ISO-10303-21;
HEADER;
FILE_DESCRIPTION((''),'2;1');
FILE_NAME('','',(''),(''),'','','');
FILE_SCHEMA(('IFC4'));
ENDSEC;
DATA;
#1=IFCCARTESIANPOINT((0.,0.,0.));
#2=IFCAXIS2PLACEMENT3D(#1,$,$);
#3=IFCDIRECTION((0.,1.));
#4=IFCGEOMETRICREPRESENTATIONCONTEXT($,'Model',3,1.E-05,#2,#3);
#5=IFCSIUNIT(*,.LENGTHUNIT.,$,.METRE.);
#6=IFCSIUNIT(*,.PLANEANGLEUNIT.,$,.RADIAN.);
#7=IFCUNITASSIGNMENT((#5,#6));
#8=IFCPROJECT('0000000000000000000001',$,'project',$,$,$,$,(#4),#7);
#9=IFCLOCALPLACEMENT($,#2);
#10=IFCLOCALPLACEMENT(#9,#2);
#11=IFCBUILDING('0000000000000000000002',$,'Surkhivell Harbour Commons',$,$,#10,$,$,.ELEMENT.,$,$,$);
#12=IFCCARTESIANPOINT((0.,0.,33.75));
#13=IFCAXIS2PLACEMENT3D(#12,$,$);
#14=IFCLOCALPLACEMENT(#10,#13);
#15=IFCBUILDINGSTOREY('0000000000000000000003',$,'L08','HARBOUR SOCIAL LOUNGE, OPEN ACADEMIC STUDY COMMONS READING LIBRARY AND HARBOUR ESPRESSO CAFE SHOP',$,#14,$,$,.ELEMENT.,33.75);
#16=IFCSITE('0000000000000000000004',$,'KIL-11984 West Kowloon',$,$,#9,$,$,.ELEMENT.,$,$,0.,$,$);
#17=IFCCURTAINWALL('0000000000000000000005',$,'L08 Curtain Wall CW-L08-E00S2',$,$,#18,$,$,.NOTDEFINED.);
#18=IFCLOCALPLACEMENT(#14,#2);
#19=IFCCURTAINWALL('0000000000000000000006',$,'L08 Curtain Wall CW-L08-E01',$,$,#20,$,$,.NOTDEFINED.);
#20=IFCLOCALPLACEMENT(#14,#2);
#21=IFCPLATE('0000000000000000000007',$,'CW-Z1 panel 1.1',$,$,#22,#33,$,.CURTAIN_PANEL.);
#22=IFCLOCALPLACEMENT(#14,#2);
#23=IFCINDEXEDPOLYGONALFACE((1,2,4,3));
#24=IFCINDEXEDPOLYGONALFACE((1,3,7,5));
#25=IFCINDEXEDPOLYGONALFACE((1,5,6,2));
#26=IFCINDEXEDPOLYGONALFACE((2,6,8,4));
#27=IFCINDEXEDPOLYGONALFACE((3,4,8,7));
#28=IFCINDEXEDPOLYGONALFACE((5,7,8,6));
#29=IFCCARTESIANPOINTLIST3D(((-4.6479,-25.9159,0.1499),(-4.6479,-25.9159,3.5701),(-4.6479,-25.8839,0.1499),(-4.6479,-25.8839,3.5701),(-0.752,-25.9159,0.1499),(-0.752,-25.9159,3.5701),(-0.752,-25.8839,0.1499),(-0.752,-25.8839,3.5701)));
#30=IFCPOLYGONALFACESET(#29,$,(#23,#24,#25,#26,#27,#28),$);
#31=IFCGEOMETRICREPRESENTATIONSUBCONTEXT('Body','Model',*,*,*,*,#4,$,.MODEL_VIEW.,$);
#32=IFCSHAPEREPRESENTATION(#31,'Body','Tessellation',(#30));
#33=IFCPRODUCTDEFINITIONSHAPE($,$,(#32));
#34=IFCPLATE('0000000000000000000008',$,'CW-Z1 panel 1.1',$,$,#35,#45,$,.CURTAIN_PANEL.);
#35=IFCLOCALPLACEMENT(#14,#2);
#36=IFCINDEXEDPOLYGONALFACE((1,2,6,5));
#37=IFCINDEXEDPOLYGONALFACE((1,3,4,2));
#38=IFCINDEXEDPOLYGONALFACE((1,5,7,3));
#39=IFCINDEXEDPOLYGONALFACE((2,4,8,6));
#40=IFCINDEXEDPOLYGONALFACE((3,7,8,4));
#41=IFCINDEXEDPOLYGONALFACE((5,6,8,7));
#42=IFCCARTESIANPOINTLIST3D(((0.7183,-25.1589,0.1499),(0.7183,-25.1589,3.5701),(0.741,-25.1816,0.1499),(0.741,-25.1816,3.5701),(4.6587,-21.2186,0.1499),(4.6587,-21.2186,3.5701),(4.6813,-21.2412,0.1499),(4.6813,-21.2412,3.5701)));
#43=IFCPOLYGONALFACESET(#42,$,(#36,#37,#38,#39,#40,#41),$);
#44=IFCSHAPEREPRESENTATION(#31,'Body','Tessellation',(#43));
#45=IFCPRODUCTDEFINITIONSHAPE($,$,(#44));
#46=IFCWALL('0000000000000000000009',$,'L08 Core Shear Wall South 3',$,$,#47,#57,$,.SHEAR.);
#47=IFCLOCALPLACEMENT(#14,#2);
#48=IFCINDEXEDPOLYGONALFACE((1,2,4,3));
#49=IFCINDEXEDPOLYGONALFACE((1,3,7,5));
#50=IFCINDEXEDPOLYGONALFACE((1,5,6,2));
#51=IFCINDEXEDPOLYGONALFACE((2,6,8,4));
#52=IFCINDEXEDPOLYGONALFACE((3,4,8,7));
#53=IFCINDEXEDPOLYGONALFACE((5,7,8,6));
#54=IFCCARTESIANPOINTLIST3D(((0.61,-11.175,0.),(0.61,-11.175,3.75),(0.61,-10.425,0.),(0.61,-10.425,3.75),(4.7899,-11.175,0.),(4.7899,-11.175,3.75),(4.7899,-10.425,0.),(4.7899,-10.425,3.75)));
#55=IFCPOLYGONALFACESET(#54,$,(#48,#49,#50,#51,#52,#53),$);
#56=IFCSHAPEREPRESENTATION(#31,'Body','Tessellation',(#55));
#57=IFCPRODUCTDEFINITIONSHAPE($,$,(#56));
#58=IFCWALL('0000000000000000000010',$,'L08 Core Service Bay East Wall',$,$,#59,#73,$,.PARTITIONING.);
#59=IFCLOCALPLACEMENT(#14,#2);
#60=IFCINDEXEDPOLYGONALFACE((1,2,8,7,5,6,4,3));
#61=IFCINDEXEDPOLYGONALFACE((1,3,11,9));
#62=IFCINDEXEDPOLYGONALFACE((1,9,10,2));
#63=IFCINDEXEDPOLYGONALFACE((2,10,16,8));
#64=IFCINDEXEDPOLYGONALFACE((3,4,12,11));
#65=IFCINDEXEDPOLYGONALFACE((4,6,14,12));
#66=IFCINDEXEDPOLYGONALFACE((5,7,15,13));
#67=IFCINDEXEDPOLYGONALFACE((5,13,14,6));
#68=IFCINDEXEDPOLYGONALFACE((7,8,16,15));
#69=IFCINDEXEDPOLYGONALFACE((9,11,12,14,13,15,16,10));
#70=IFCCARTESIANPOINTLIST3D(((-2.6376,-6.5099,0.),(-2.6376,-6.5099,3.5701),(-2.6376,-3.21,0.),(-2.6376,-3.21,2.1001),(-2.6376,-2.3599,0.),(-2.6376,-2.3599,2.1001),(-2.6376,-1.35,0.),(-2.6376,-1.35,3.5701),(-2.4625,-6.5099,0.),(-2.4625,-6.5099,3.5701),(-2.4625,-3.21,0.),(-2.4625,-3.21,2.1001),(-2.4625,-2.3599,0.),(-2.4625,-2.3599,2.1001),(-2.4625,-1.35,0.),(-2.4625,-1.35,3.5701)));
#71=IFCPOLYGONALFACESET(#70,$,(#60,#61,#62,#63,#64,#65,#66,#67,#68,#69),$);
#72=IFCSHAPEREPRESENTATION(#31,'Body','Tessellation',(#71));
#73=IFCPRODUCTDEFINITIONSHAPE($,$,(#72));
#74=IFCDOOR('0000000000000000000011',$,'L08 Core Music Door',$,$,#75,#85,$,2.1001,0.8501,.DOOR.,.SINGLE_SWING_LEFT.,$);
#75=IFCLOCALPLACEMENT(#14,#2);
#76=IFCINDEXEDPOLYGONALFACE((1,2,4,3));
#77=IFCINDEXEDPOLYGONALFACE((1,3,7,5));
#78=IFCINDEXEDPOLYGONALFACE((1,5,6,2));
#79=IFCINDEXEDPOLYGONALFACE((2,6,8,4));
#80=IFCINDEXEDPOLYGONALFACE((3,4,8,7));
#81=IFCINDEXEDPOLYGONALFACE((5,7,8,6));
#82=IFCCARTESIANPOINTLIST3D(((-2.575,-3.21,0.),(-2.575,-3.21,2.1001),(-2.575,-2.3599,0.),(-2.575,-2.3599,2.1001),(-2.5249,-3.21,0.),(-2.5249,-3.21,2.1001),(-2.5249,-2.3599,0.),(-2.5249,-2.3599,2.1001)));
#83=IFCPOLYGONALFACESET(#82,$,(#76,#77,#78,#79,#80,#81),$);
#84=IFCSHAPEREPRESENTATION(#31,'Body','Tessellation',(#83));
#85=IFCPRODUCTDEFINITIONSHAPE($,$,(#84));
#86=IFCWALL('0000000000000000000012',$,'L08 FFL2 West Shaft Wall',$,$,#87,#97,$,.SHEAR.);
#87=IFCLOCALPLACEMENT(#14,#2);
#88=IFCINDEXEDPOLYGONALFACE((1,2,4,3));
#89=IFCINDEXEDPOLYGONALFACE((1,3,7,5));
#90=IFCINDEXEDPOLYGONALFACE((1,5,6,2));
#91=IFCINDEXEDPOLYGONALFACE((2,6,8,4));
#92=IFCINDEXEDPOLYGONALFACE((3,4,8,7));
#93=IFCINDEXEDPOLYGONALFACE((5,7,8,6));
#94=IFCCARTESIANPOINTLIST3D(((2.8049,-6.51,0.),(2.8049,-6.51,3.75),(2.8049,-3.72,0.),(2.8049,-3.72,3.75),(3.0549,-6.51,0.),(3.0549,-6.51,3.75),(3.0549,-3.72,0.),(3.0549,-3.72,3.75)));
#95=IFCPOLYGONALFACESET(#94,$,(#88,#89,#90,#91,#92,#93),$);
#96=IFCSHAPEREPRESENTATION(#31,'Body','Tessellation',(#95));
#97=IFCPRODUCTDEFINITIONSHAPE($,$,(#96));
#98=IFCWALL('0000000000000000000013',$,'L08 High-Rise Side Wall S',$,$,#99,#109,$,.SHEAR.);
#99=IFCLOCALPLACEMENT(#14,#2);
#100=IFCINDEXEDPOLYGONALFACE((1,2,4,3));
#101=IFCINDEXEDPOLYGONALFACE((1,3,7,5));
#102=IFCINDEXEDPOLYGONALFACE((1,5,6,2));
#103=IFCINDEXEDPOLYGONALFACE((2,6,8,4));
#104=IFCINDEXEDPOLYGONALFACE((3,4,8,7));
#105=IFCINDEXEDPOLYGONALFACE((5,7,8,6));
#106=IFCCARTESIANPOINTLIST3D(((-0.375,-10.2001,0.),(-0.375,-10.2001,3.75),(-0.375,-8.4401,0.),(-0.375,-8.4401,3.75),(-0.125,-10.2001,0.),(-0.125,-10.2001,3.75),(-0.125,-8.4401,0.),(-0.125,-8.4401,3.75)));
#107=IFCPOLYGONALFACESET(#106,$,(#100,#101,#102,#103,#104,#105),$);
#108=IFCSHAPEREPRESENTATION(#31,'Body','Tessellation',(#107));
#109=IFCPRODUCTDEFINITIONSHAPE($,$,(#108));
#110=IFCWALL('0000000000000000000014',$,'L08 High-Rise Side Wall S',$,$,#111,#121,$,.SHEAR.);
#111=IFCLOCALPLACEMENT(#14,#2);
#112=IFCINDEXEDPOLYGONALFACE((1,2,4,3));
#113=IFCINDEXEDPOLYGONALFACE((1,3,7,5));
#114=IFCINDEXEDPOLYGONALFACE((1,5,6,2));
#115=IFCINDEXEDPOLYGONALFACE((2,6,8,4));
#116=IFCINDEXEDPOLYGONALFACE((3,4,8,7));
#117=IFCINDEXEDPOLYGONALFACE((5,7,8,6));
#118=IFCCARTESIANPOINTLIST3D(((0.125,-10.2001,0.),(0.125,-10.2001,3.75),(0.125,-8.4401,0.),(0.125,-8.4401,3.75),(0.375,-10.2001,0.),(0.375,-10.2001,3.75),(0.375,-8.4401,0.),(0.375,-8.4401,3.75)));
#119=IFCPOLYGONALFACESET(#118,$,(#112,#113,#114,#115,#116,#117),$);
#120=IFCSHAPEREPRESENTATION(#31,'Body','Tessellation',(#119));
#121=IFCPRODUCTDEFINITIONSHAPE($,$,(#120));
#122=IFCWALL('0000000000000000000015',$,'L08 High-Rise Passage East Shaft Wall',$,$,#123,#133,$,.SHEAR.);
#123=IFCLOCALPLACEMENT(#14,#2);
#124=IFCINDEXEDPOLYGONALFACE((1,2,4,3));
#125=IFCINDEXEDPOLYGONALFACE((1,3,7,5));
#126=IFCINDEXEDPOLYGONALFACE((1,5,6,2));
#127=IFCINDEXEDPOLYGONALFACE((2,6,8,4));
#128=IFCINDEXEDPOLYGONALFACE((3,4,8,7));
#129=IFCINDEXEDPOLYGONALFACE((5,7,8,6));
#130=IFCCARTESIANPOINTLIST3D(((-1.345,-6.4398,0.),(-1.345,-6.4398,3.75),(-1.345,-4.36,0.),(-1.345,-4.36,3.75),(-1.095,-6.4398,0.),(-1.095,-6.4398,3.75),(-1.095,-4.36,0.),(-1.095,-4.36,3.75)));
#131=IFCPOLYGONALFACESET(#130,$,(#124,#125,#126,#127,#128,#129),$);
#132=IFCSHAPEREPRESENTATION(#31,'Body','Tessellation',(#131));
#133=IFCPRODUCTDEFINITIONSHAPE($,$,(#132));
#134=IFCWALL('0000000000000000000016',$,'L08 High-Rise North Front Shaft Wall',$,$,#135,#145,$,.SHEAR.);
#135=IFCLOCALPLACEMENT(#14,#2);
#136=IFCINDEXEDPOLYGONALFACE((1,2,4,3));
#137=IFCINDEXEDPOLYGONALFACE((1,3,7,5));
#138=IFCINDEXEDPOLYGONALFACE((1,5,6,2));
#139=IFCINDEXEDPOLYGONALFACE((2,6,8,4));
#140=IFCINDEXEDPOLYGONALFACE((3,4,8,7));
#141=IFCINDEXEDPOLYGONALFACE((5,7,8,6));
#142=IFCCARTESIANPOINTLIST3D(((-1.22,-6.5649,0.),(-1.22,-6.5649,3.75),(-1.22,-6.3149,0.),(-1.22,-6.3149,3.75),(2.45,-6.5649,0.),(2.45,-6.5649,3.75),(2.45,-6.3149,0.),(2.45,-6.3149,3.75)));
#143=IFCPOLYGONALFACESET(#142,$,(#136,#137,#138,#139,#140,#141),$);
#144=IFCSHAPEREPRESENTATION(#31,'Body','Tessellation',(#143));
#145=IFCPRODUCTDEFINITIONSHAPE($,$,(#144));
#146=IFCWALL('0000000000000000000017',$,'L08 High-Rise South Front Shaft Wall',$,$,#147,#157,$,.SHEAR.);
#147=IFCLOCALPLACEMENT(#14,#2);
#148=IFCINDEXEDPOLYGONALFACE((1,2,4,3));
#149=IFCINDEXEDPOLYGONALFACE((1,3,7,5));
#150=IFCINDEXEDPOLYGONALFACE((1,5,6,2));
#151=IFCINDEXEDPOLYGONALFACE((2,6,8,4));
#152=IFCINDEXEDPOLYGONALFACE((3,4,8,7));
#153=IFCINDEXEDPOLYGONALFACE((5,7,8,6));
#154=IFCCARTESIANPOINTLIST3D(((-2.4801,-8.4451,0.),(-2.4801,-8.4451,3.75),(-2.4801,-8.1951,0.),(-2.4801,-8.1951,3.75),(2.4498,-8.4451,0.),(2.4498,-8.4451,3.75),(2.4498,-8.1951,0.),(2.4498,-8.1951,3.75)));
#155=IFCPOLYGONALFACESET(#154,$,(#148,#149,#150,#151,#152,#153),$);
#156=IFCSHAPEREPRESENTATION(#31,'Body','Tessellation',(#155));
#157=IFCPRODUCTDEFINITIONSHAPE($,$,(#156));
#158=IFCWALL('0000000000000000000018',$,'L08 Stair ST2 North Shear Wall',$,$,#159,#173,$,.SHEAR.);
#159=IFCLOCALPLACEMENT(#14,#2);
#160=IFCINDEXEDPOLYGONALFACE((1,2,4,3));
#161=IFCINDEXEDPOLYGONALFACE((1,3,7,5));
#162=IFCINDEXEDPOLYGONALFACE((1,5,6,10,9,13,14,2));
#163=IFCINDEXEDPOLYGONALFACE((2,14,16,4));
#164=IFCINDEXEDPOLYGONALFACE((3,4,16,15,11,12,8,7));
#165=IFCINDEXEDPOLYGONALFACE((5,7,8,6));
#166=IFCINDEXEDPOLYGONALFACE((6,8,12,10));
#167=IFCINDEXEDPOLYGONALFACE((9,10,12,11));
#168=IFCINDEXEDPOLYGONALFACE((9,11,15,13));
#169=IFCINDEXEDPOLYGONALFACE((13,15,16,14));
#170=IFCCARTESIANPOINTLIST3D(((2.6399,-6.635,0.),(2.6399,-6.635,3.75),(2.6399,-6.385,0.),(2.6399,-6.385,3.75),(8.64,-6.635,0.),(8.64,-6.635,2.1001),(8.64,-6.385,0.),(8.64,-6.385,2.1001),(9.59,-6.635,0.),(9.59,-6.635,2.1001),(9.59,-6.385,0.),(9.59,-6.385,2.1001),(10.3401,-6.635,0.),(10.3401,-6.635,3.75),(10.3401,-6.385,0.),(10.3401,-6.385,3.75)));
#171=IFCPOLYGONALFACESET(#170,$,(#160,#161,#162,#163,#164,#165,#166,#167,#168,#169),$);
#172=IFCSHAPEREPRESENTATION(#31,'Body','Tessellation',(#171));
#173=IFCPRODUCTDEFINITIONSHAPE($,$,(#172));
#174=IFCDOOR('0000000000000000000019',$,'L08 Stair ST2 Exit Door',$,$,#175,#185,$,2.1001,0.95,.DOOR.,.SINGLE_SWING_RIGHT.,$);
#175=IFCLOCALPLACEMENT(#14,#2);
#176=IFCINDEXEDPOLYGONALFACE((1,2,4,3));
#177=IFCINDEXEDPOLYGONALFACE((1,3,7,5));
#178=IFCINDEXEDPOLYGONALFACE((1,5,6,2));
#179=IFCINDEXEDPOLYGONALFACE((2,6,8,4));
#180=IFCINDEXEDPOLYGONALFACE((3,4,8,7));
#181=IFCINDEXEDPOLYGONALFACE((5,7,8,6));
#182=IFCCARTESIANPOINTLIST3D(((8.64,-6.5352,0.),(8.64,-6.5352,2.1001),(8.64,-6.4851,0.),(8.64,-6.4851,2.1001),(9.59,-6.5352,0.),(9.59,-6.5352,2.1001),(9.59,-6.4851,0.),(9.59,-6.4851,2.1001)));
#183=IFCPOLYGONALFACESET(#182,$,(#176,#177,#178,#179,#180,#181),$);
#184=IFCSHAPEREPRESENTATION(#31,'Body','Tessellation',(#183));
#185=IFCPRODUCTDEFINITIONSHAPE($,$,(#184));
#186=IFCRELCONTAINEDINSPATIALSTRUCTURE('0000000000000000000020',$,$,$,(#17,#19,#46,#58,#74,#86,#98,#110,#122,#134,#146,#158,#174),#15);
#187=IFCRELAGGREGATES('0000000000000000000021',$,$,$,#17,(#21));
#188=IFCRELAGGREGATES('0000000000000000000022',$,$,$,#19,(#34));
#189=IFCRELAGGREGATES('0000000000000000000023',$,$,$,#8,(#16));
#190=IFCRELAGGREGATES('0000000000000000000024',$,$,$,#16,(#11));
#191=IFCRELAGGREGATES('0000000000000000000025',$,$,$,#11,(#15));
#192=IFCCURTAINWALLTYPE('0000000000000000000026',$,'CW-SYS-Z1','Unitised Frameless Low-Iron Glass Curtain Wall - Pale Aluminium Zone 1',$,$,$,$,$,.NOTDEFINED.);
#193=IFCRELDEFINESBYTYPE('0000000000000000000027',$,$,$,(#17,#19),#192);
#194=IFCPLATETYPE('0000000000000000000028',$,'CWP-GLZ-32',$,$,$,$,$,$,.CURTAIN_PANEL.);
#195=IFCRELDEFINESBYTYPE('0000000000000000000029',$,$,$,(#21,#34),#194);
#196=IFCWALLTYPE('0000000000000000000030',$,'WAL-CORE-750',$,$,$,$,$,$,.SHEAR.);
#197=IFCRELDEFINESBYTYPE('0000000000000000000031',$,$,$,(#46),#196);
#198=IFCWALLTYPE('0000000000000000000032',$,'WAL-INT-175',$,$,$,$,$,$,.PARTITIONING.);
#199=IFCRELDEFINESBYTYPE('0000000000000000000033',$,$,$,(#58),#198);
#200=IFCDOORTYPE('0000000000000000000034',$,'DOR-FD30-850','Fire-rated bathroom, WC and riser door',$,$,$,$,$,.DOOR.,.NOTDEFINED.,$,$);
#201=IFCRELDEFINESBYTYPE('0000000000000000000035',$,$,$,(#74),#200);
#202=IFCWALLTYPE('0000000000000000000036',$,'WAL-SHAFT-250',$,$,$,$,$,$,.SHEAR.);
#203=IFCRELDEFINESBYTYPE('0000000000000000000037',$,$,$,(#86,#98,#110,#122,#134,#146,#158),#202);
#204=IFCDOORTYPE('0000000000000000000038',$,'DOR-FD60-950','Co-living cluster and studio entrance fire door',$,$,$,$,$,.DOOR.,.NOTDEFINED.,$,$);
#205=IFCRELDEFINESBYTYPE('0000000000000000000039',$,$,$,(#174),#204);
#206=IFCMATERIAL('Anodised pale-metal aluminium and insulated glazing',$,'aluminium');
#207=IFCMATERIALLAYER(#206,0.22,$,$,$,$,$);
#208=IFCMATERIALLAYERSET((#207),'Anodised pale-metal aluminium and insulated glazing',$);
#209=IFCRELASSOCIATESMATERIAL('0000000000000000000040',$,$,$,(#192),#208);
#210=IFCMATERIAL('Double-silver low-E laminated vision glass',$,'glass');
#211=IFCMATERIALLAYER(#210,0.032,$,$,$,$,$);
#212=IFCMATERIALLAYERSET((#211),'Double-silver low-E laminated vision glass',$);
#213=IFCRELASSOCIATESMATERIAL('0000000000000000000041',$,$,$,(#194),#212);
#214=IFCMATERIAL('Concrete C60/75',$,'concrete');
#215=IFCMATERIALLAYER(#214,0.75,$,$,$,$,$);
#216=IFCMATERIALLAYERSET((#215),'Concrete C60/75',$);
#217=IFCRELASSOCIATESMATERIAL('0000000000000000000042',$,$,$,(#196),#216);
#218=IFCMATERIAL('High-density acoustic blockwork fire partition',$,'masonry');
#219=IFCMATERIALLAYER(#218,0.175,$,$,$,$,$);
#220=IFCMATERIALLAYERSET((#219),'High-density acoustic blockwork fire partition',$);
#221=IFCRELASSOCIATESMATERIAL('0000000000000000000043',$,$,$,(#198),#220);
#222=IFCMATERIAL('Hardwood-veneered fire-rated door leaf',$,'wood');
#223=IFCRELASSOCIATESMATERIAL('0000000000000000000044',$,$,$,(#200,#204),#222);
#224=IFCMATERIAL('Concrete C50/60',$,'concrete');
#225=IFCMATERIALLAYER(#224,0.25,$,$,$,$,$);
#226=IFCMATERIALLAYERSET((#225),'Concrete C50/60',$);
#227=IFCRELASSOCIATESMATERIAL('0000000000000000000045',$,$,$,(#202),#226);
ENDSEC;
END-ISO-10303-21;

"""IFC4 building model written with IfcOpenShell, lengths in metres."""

from ifc_helpers import new_model, si_unit, direction, frame, frame_2d, origin, place, context, subcontext, project, spatial, rectangle, extrude, material, layer, layer_set, type_object, element, fill, aggregate, save


model = new_model("IFC4")

# Units and contexts
model_context = context("Model", 3, precision=1e-05, world=origin(), true_north=direction((0.0, 1.0)))
body_context = subcontext(model_context, "Body", "Model", "MODEL_VIEW")
ifc_project = project(units=[si_unit("LENGTHUNIT", "METRE"), si_unit("PLANEANGLEUNIT", "RADIAN")], contexts=[model_context])

# Site, building, storey
site_placement = place(None, origin())
site = spatial("IfcSite", under=ifc_project, at=site_placement, Name="KIL-11984 West Kowloon", CompositionType="ELEMENT", RefElevation=0.0)
building_placement = place(site_placement, origin())
building = spatial("IfcBuilding", under=site, at=building_placement, Name="Surkhivell Harbour Commons", CompositionType="ELEMENT")
storey_placement = place(building_placement, frame((0.0, 0.0, 33.75)))
storey = spatial("IfcBuildingStorey", under=building, at=storey_placement, Name="L08", Description="HARBOUR SOCIAL LOUNGE, OPEN ACADEMIC STUDY COMMONS READING LIBRARY AND HARBOUR ESPRESSO CAFE SHOP", CompositionType="ELEMENT", Elevation=33.75)

# Curtain wall
ifc_material_1 = material(Name="Anodised pale-metal aluminium and insulated glazing", Category="aluminium")
ifc_layer_1 = layer(ifc_material_1, 0.22)
ifc_layer_set_1 = layer_set([ifc_layer_1], Name="Anodised pale-metal aluminium and insulated glazing")
curtain_wall_type = type_object("IfcCurtainWallType", Name="CW-SYS-Z1", Description="Unitised Frameless Low-Iron Glass Curtain Wall - Pale Aluminium Zone 1", PredefinedType="NOTDEFINED", material=ifc_layer_set_1)
curtain_wall_1_placement = place(storey_placement, origin())
curtain_wall_1 = element("IfcCurtainWall", 1, at=curtain_wall_1_placement, inside=storey, type_object=curtain_wall_type, Name="L08 Curtain Wall CW-L08-E00S2", PredefinedType="NOTDEFINED")

# Curtain wall
curtain_wall_2_placement = place(storey_placement, origin())
curtain_wall_2 = element("IfcCurtainWall", 2, at=curtain_wall_2_placement, inside=storey, type_object=curtain_wall_type, Name="L08 Curtain Wall CW-L08-E01", PredefinedType="NOTDEFINED")

# Plates
ifc_material_2 = material(Name="Double-silver low-E laminated vision glass", Category="glass")
ifc_layer_2 = layer(ifc_material_2, 0.032)
ifc_layer_set_2 = layer_set([ifc_layer_2], Name="Double-silver low-E laminated vision glass")
plate_type = type_object("IfcPlateType", Name="CWP-GLZ-32", PredefinedType="CURTAIN_PANEL", material=ifc_layer_set_2)
plate_1_placement = place(storey_placement, frame((-4.6479, -25.8999, 0.1499), z_axis=(0.0, 0.0, 1.0), x_axis=(1.0, 0.0, 0.0)))
plate_1 = element("IfcPlate", 3, at=plate_1_placement, type_object=plate_type, Name="CW-Z1 panel 1.1", PredefinedType="CURTAIN_PANEL", context=body_context, shape_type="SweptSolid", body=[
    extrude(rectangle(XDim=3.896, YDim=0.032, at=frame_2d((1.948, 0.0))), origin(), (0.0, 0.0, 1.0), 3.4202),
])
aggregate(curtain_wall_1, [plate_1])
plate_2_placement = place(storey_placement, frame((0.7297, -25.1702, 0.1499), z_axis=(0.0, 0.0, 1.0), x_axis=(0.707107, 0.707107, 0.0)))
plate_2 = element("IfcPlate", 4, at=plate_2_placement, type_object=plate_type, Name="CW-Z1 panel 1.1", PredefinedType="CURTAIN_PANEL", context=body_context, shape_type="SweptSolid", body=[
    extrude(rectangle(XDim=5.5725, YDim=0.032, at=frame_2d((2.7861, 0.0))), origin(), (0.0, 0.0, 1.0), 3.4202),
])
aggregate(curtain_wall_2, [plate_2])

# Wall
ifc_material_3 = material(Name="Concrete C60/75", Category="concrete")
ifc_layer_3 = layer(ifc_material_3, 0.75)
ifc_layer_set_3 = layer_set([ifc_layer_3], Name="Concrete C60/75")
wall_type_1 = type_object("IfcWallType", Name="WAL-CORE-750", PredefinedType="SHEAR", material=ifc_layer_set_3)
wall_1_placement = place(storey_placement, frame((0.6101, -10.8, 0.0), z_axis=(0.0, 0.0, 1.0), x_axis=(1.0, 0.0, 0.0)))
element("IfcWall", 5, at=wall_1_placement, inside=storey, type_object=wall_type_1, Name="L08 Core Shear Wall South 3", PredefinedType="SHEAR", context=body_context, shape_type="SweptSolid", body=[
    extrude(rectangle(XDim=4.1799, YDim=0.75, at=frame_2d((2.0898, 0.0))), origin(), (0.0, 0.0, 1.0), 3.75),
])

# Wall, opening, door
ifc_material_4 = material(Name="High-density acoustic blockwork fire partition", Category="masonry")
ifc_layer_4 = layer(ifc_material_4, 0.175)
ifc_layer_set_4 = layer_set([ifc_layer_4], Name="High-density acoustic blockwork fire partition")
wall_type_2 = type_object("IfcWallType", Name="WAL-INT-175", PredefinedType="PARTITIONING", material=ifc_layer_set_4)
wall_2_placement = place(storey_placement, frame((-2.55, -6.51, 0.0), z_axis=(0.0, 0.0, 1.0), x_axis=(0.0, 1.0, 0.0)))
wall_2 = element("IfcWall", 6, at=wall_2_placement, inside=storey, type_object=wall_type_2, Name="L08 Core Service Bay East Wall", PredefinedType="PARTITIONING", context=body_context, shape_type="SweptSolid", body=[
    extrude(rectangle(XDim=5.1599, YDim=0.175, at=frame_2d((2.5801, 0.0))), origin(), (0.0, 0.0, 1.0), 3.5701),
])
opening_1_placement = place(wall_2_placement, frame((3.3, 0.0, 0.0)))
opening_1 = element("IfcOpeningElement", 7, at=opening_1_placement, cuts=wall_2, PredefinedType="OPENING", context=body_context, shape_type="SweptSolid", body=[
    extrude(rectangle(XDim=0.8501, YDim=2.1001, at=frame_2d((0.425, 1.05))), frame((0.0, 0.0974, 0.0), z_axis=(0.0, -1.0, 0.0), x_axis=(1.0, 0.0, 0.0)), (0.0, 0.0, 1.0), 0.1951),
])
ifc_material_5 = material(Name="Hardwood-veneered fire-rated door leaf", Category="wood")
door_type_1 = type_object("IfcDoorType", Name="DOR-FD30-850", Description="Fire-rated bathroom, WC and riser door", OperationType="NOTDEFINED", PredefinedType="DOOR", material=ifc_material_5)
door_1_placement = place(opening_1_placement, origin())
door_1 = element("IfcDoor", 8, at=door_1_placement, inside=storey, type_object=door_type_1, Name="L08 Core Music Door", OperationType="SINGLE_SWING_LEFT", OverallHeight=2.1001, OverallWidth=0.8501, PredefinedType="DOOR", context=body_context, shape_type="SweptSolid", body=[
    extrude(rectangle(XDim=0.8501, YDim=2.1001, at=frame_2d((0.425, 1.05))), frame((0.0, 0.0249, 0.0), z_axis=(0.0, -1.0, 0.0), x_axis=(1.0, 0.0, 0.0)), (0.0, 0.0, 1.0), 0.05),
])
fill(opening_1, door_1)

# Walls
ifc_material_6 = material(Name="Concrete C50/60", Category="concrete")
ifc_layer_5 = layer(ifc_material_6, 0.25)
ifc_layer_set_5 = layer_set([ifc_layer_5], Name="Concrete C50/60")
wall_type_3 = type_object("IfcWallType", Name="WAL-SHAFT-250", PredefinedType="SHEAR", material=ifc_layer_set_5)
wall_3_placement = place(storey_placement, frame((2.9299, -6.51, 0.0), z_axis=(0.0, 0.0, 1.0), x_axis=(0.0, 1.0, 0.0)))
element("IfcWall", 9, at=wall_3_placement, inside=storey, type_object=wall_type_3, Name="L08 FFL2 West Shaft Wall", PredefinedType="SHEAR", context=body_context, shape_type="SweptSolid", body=[
    extrude(rectangle(XDim=2.79, YDim=0.25, at=frame_2d((1.395, 0.0))), origin(), (0.0, 0.0, 1.0), 3.75),
])
for number, where, z_axis, x_axis, name in (
    (10, (-0.25, -10.2, 0.0), (0.0, 0.0, 1.0), (0.0, 1.0, 0.0), "L08 High-Rise Side Wall S"),
    (11, (0.25, -10.2, 0.0), (0.0, 0.0, 1.0), (0.0, 1.0, 0.0), "L08 High-Rise Side Wall S"),
):
    element("IfcWall", number, at=place(storey_placement, frame(where, z_axis=z_axis, x_axis=x_axis)), inside=storey, type_object=wall_type_3, Name=name, PredefinedType="SHEAR", context=body_context, shape_type="SweptSolid", body=[
        extrude(rectangle(XDim=1.76, YDim=0.25, at=frame_2d((0.8799, 0.0))), origin(), (0.0, 0.0, 1.0), 3.75),
    ])
wall_4_placement = place(storey_placement, frame((-1.22, -6.4399, 0.0), z_axis=(0.0, 0.0, 1.0), x_axis=(0.0, 1.0, 0.0)))
element("IfcWall", 12, at=wall_4_placement, inside=storey, type_object=wall_type_3, Name="L08 High-Rise Passage East Shaft Wall", PredefinedType="SHEAR", context=body_context, shape_type="SweptSolid", body=[
    extrude(rectangle(XDim=2.0798, YDim=0.25, at=frame_2d((1.04, 0.0))), origin(), (0.0, 0.0, 1.0), 3.75),
])
wall_5_placement = place(storey_placement, frame((-1.22, -6.4399, 0.0), z_axis=(0.0, 0.0, 1.0), x_axis=(1.0, 0.0, 0.0)))
element("IfcWall", 13, at=wall_5_placement, inside=storey, type_object=wall_type_3, Name="L08 High-Rise North Front Shaft Wall", PredefinedType="SHEAR", context=body_context, shape_type="SweptSolid", body=[
    extrude(rectangle(XDim=3.6699, YDim=0.25, at=frame_2d((1.835, 0.0))), origin(), (0.0, 0.0, 1.0), 3.75),
])
wall_6_placement = place(storey_placement, frame((-2.48, -8.3201, 0.0), z_axis=(0.0, 0.0, 1.0), x_axis=(1.0, 0.0, 0.0)))
element("IfcWall", 14, at=wall_6_placement, inside=storey, type_object=wall_type_3, Name="L08 High-Rise South Front Shaft Wall", PredefinedType="SHEAR", context=body_context, shape_type="SweptSolid", body=[
    extrude(rectangle(XDim=4.9299, YDim=0.25, at=frame_2d((2.4648, 0.0))), origin(), (0.0, 0.0, 1.0), 3.75),
])

# Wall, opening, door
wall_7_placement = place(storey_placement, frame((2.6399, -6.51, 0.0), z_axis=(0.0, 0.0, 1.0), x_axis=(1.0, 0.0, 0.0)))
wall_7 = element("IfcWall", 15, at=wall_7_placement, inside=storey, type_object=wall_type_3, Name="L08 Stair ST2 North Shear Wall", PredefinedType="SHEAR", context=body_context, shape_type="SweptSolid", body=[
    extrude(rectangle(XDim=7.7002, YDim=0.25, at=frame_2d((3.8501, 0.0))), origin(), (0.0, 0.0, 1.0), 3.75),
])
opening_2_placement = place(wall_7_placement, frame((6.0, 0.0, 0.0)))
opening_2 = element("IfcOpeningElement", 16, at=opening_2_placement, cuts=wall_7, PredefinedType="OPENING", context=body_context, shape_type="SweptSolid", body=[
    extrude(rectangle(XDim=0.95, YDim=2.1001, at=frame_2d((0.4751, 1.05))), frame((0.0, 0.135, 0.0), z_axis=(0.0, -1.0, 0.0), x_axis=(1.0, 0.0, 0.0)), (0.0, 0.0, 1.0), 0.27),
])
door_type_2 = type_object("IfcDoorType", Name="DOR-FD60-950", Description="Co-living cluster and studio entrance fire door", OperationType="NOTDEFINED", PredefinedType="DOOR", material=ifc_material_5)
door_2_placement = place(opening_2_placement, origin())
door_2 = element("IfcDoor", 17, at=door_2_placement, inside=storey, type_object=door_type_2, Name="L08 Stair ST2 Exit Door", OperationType="SINGLE_SWING_RIGHT", OverallHeight=2.1001, OverallWidth=0.95, PredefinedType="DOOR", context=body_context, shape_type="SweptSolid", body=[
    extrude(rectangle(XDim=0.95, YDim=2.1001, at=frame_2d((0.4751, 1.05))), frame((0.0, 0.0249, 0.0), z_axis=(0.0, -1.0, 0.0), x_axis=(1.0, 0.0, 0.0)), (0.0, 0.0, 1.0), 0.05),
])
fill(opening_2, door_2)

save(model, "model.ifc")
